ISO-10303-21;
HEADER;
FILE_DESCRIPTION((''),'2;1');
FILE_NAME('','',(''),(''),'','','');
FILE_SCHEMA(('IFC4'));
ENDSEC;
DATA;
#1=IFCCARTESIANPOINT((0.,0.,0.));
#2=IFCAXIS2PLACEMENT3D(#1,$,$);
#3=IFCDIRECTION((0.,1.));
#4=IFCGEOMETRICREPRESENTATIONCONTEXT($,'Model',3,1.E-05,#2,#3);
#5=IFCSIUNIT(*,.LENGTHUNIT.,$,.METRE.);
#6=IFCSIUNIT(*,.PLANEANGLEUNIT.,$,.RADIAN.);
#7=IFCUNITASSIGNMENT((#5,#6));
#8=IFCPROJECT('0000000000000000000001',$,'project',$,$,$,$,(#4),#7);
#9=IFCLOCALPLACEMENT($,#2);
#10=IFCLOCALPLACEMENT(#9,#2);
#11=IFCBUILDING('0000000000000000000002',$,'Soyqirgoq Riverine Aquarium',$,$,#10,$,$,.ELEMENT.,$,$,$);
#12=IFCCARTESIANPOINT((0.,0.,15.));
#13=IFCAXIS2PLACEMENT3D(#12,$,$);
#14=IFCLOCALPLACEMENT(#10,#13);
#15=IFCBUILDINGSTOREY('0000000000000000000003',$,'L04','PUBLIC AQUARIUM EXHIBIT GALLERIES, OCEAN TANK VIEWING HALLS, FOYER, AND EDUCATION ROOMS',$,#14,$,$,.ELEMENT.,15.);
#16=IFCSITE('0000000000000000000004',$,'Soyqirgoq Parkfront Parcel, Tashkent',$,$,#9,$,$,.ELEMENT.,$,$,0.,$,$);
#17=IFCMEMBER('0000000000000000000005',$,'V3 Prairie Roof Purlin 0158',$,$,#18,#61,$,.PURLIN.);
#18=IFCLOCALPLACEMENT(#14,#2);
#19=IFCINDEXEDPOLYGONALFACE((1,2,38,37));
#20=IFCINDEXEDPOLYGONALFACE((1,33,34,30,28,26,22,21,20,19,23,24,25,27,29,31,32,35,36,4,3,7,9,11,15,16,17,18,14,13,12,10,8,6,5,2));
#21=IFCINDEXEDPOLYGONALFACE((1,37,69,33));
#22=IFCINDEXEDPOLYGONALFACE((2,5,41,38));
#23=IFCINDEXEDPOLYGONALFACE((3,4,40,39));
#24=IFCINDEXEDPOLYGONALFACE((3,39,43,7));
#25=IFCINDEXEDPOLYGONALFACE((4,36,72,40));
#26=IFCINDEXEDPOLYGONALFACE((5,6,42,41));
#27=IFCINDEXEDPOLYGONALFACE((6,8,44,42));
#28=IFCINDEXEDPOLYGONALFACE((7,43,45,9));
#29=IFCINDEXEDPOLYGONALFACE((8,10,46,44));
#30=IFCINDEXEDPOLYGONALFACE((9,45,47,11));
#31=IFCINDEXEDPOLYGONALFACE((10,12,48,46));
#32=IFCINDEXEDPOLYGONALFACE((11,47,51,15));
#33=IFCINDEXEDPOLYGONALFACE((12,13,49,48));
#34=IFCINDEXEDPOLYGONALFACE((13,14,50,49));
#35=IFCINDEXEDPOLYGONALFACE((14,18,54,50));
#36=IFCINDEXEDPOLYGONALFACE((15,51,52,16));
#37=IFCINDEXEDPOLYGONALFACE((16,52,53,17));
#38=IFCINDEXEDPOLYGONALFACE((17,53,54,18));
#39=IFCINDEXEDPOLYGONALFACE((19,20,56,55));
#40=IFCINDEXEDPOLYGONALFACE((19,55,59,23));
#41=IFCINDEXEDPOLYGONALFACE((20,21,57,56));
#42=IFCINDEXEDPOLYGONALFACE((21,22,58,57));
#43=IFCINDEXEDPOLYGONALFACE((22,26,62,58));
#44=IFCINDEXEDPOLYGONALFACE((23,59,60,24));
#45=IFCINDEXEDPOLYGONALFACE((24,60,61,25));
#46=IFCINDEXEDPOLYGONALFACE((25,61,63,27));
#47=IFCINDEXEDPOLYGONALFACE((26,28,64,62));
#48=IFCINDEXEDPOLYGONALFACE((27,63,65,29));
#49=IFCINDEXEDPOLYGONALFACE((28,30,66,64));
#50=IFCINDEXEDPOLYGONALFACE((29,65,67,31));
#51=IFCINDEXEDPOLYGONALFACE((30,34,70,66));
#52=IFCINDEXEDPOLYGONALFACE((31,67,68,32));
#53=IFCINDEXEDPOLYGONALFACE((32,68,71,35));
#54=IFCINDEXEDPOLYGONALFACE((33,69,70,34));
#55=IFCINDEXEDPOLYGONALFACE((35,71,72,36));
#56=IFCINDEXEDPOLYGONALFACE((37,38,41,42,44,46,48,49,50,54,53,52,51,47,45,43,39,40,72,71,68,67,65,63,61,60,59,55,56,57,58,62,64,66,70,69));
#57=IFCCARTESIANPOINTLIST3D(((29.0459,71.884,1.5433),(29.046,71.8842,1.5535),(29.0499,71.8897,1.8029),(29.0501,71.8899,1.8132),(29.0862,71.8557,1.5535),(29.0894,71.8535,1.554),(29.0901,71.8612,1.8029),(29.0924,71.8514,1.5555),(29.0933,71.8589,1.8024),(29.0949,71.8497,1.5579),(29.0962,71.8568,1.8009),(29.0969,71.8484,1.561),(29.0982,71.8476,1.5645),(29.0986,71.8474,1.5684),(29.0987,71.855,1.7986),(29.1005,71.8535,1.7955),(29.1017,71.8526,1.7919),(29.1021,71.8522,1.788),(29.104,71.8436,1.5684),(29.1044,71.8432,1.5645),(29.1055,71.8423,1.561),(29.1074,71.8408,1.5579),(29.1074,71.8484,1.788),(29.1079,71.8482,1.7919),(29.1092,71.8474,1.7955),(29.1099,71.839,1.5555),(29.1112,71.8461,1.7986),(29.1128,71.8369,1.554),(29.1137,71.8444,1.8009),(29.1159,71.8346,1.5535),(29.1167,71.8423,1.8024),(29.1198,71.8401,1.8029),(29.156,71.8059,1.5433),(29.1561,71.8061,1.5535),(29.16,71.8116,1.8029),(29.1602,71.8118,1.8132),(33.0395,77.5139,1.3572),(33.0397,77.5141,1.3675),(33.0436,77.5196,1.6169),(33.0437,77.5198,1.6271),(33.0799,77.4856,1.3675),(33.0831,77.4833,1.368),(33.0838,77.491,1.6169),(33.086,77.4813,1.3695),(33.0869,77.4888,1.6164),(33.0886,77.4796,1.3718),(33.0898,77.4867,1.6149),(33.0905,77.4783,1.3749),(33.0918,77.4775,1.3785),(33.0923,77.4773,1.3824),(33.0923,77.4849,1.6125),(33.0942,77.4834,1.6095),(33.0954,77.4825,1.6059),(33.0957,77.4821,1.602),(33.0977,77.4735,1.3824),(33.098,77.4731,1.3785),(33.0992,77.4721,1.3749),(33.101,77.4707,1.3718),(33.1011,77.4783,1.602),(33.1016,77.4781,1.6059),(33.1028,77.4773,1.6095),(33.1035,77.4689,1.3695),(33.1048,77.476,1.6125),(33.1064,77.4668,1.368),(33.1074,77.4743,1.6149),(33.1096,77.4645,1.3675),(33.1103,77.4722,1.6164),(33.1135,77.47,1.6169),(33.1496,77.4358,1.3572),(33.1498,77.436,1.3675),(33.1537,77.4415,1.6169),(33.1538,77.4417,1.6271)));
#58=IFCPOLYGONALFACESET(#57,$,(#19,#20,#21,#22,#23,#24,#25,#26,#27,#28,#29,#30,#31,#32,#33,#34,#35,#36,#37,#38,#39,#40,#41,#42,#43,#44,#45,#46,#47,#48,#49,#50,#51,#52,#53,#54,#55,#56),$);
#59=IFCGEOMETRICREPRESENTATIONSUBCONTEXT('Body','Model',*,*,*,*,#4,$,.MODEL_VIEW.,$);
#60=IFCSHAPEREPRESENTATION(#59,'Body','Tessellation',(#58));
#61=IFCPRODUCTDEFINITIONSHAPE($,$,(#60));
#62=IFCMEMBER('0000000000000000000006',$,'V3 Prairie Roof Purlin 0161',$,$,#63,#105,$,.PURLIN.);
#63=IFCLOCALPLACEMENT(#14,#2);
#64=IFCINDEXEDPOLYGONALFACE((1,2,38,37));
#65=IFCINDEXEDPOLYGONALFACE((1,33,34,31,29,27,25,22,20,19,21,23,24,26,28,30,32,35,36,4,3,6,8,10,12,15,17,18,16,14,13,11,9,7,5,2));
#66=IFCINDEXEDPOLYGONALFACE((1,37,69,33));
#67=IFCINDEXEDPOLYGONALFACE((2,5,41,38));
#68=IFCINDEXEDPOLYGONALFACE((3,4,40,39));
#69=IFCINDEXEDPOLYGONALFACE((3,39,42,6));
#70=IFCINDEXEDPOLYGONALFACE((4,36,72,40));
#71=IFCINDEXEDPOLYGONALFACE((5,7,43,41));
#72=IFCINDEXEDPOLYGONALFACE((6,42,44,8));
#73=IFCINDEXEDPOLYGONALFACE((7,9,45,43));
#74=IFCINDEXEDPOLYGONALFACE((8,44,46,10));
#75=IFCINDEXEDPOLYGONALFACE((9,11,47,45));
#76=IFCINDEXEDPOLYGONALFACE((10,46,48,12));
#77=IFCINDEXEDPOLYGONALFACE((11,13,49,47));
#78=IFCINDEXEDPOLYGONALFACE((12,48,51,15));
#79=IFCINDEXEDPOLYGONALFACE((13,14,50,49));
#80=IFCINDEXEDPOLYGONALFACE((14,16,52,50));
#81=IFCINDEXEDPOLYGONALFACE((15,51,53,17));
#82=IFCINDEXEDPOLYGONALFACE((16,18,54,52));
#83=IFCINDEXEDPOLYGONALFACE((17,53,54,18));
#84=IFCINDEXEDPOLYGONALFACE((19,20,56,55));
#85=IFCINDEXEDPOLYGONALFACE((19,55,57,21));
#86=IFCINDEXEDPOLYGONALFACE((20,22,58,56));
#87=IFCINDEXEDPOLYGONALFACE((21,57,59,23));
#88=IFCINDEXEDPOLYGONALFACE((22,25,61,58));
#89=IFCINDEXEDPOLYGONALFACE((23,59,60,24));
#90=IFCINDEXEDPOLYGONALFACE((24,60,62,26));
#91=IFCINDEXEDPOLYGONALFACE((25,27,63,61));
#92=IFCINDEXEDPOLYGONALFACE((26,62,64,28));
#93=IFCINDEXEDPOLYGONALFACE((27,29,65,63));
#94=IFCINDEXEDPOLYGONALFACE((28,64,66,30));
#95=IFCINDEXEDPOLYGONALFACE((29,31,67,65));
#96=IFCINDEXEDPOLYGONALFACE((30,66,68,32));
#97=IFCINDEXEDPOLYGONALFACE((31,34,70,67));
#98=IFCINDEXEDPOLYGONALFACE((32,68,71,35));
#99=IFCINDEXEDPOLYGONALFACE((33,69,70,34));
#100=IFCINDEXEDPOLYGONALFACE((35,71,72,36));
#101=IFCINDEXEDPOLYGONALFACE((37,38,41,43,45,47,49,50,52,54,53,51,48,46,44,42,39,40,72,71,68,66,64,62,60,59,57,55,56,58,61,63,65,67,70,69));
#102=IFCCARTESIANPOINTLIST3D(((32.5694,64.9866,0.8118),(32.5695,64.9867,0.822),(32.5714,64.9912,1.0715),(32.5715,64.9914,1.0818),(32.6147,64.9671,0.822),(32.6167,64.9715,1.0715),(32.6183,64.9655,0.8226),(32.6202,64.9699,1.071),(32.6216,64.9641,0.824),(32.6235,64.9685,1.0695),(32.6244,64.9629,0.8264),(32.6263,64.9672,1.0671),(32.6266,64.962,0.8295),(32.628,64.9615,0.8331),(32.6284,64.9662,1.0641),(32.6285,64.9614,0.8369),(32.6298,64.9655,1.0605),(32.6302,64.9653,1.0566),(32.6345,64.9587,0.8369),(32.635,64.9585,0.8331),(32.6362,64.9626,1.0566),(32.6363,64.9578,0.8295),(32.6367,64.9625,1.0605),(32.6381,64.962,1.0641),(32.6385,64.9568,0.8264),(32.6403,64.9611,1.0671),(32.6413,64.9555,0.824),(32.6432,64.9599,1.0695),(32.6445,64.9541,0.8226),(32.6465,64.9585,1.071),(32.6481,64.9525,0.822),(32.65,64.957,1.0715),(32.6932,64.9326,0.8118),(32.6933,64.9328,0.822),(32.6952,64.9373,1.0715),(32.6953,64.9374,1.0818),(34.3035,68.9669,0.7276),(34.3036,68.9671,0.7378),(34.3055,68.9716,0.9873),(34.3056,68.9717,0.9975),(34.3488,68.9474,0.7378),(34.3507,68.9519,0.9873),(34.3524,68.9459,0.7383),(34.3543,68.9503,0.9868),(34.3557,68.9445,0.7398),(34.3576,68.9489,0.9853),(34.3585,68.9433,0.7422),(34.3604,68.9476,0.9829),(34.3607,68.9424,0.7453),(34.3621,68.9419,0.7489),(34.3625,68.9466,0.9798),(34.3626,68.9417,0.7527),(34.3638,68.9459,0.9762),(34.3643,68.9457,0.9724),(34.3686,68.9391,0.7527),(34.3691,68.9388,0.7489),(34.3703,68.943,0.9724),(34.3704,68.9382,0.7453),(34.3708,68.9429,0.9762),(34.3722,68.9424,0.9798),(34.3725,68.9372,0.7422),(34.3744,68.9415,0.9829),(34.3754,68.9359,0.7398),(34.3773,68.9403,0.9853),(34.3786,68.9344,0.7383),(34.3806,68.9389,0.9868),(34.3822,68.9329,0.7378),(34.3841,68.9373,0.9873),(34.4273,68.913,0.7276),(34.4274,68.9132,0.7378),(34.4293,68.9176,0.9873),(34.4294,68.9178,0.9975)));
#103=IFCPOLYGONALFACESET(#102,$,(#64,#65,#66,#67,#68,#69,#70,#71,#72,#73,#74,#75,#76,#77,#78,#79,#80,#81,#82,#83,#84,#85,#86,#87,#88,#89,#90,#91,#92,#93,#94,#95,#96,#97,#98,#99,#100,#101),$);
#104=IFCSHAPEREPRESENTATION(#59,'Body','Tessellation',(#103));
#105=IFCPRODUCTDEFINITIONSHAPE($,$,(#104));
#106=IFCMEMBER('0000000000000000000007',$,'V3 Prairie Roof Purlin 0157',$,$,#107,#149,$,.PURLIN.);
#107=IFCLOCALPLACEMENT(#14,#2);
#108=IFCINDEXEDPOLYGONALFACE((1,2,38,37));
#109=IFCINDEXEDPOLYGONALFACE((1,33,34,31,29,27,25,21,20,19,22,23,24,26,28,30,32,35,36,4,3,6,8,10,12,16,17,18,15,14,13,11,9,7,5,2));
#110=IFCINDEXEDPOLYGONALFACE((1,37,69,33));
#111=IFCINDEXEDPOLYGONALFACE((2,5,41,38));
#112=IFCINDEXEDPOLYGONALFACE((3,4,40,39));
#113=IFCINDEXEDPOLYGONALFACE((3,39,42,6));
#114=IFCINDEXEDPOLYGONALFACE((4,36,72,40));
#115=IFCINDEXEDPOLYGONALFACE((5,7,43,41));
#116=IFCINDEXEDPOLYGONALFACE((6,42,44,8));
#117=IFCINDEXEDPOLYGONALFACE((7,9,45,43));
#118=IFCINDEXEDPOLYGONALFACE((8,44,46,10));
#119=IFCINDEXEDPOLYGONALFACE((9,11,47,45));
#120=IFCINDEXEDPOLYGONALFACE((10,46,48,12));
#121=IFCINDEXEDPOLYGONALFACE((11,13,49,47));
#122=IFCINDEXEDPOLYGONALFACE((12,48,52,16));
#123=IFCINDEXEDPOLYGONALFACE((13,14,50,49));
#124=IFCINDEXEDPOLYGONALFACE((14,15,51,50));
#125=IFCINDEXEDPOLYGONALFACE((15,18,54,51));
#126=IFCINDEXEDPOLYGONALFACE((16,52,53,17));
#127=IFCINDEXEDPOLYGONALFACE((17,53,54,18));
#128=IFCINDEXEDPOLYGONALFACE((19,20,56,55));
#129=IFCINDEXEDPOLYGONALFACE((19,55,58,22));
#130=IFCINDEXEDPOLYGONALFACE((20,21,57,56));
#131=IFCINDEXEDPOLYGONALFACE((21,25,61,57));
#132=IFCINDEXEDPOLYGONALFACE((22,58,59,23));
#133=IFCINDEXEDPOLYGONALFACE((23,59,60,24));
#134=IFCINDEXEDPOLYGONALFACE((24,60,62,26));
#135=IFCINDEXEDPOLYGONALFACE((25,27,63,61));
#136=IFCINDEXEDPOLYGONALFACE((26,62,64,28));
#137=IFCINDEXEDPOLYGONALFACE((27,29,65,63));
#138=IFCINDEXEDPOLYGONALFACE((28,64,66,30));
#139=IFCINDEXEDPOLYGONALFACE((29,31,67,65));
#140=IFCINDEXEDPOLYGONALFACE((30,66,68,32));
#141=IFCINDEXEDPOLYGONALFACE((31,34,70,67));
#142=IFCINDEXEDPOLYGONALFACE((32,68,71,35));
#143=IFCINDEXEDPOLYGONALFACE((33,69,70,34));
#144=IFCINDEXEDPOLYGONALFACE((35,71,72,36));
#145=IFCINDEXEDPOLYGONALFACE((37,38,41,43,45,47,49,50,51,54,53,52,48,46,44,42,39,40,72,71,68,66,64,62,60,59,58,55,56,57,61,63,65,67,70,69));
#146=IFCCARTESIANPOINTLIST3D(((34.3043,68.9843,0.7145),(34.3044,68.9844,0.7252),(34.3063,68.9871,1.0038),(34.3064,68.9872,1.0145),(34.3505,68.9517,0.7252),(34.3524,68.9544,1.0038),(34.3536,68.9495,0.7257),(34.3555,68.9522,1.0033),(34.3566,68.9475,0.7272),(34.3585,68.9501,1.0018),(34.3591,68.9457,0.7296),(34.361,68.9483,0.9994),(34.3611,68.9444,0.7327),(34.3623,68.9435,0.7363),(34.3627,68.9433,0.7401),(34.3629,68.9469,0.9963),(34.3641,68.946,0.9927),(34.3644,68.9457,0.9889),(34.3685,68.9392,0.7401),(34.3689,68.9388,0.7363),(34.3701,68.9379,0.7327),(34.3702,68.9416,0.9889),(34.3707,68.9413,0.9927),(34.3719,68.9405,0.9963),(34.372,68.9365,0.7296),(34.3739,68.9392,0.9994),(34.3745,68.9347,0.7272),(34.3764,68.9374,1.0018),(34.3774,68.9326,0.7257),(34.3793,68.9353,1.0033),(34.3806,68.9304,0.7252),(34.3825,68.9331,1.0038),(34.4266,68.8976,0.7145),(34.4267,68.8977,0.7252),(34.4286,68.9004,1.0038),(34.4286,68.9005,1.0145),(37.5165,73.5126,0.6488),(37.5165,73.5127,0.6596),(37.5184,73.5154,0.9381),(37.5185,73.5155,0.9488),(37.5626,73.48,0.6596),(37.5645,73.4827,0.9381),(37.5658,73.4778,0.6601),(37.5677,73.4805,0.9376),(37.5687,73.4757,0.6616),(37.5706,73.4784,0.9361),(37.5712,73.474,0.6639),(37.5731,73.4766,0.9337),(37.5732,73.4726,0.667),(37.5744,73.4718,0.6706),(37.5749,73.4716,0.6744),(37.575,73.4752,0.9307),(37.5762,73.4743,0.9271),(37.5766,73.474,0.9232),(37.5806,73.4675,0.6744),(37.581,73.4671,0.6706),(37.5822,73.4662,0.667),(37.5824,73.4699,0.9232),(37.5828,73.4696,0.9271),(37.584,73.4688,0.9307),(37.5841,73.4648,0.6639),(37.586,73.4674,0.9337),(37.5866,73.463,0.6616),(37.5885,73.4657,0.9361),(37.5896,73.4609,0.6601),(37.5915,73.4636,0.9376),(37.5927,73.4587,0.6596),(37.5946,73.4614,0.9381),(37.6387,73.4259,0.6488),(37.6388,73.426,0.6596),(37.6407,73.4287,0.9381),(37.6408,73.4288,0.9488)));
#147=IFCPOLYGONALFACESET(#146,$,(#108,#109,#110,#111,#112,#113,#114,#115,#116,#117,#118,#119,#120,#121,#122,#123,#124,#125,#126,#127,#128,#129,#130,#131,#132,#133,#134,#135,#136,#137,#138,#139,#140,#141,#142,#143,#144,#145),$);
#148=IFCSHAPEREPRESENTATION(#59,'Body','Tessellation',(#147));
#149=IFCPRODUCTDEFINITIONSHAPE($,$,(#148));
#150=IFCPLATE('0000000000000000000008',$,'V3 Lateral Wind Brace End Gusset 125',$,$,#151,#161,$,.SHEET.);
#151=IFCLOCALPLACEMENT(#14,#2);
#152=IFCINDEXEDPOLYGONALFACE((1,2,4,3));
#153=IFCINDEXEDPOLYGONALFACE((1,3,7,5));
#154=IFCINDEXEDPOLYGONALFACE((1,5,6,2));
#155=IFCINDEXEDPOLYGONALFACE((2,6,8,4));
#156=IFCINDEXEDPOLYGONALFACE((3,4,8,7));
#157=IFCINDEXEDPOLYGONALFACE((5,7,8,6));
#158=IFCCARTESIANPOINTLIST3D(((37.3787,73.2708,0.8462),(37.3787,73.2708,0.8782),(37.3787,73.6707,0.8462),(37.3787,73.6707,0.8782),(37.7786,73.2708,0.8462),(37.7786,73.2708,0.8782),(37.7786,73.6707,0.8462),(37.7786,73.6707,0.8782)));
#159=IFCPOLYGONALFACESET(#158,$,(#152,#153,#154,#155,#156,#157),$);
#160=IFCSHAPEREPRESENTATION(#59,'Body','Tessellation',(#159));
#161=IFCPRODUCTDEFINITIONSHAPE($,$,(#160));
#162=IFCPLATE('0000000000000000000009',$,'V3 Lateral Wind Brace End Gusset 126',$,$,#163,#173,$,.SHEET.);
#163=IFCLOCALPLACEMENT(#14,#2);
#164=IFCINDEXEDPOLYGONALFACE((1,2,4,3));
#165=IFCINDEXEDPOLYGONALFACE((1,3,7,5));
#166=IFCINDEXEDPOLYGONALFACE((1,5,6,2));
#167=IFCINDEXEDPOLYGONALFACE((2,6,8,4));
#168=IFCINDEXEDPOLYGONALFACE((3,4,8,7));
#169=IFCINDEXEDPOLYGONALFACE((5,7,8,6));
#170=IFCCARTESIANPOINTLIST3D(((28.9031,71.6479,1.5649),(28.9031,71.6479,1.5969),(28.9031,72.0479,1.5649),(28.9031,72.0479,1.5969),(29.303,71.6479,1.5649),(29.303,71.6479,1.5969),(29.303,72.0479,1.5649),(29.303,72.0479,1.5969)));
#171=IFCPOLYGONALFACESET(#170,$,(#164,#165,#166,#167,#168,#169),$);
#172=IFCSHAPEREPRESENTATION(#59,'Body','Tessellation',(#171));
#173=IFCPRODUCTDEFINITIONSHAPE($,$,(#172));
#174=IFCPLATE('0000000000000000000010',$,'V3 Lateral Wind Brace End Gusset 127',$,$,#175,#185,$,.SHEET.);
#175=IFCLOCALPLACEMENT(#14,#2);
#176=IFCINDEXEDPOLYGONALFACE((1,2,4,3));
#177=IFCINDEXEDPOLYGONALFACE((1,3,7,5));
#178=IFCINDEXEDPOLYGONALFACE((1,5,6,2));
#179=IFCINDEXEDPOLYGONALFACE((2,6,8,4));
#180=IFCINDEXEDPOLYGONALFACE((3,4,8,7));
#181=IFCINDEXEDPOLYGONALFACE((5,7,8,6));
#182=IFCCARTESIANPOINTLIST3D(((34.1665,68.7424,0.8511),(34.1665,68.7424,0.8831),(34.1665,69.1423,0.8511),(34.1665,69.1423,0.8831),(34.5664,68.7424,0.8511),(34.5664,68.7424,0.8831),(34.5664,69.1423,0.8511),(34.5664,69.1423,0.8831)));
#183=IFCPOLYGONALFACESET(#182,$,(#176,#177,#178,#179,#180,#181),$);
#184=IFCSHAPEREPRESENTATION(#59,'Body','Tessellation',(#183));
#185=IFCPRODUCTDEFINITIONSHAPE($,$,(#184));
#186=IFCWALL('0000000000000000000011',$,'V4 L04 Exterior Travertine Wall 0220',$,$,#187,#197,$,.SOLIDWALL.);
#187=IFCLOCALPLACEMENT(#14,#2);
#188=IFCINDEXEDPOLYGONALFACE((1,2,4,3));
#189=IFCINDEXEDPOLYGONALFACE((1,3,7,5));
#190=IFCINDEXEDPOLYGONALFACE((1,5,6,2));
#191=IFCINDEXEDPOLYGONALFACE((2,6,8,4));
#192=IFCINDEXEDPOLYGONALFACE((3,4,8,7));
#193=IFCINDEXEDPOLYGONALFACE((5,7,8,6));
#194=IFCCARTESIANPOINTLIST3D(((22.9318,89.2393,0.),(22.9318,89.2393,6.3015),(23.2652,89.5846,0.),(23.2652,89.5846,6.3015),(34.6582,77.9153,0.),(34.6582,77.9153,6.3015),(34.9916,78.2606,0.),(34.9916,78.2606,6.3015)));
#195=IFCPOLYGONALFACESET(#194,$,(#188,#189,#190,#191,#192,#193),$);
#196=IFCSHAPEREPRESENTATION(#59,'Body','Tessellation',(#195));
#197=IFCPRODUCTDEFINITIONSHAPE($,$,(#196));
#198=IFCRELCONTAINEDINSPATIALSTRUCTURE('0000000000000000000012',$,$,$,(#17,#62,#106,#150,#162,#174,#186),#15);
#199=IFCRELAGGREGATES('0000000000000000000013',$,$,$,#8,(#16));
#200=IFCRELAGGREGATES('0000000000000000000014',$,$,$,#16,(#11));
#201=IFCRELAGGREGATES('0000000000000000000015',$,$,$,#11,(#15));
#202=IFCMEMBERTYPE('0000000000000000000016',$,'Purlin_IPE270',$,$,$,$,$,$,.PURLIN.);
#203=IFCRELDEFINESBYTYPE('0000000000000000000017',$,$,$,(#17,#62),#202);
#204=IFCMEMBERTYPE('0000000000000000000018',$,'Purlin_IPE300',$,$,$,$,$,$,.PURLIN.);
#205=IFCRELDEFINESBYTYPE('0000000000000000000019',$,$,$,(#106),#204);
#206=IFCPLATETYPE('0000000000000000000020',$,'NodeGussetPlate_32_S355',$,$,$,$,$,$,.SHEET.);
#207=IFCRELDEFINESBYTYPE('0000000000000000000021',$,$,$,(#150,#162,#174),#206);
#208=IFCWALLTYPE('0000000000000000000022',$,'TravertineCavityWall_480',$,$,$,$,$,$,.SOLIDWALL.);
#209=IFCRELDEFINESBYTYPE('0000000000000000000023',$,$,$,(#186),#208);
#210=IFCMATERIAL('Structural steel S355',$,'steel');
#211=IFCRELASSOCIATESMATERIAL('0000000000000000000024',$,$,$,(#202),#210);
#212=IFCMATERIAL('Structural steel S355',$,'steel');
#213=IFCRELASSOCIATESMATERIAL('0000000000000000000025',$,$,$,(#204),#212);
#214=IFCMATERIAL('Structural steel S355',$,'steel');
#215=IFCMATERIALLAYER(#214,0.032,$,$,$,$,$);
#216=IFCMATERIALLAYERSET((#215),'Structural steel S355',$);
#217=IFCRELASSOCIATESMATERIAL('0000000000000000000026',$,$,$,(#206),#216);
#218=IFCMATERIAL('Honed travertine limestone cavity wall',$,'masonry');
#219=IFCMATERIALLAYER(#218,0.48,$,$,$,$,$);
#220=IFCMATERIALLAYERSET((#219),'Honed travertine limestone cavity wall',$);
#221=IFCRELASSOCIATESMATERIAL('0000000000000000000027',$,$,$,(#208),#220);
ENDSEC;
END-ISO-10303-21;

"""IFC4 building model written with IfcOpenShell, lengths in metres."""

from ifc_helpers import new_model, si_unit, direction, frame, frame_2d, origin, origin_2d, place, context, subcontext, project, spatial, rectangle, i_section, extrude, material, layer, layer_set, material_profile, profile_set, type_object, element, save


model = new_model("IFC4")

# Units and contexts
model_context = context("Model", 3, precision=1e-05, world=origin(), true_north=direction((0.0, 1.0)))
body_context = subcontext(model_context, "Body", "Model", "MODEL_VIEW")
ifc_project = project(units=[si_unit("LENGTHUNIT", "METRE"), si_unit("PLANEANGLEUNIT", "RADIAN")], contexts=[model_context])

# Site, building, storey
site_placement = place(None, origin())
site = spatial("IfcSite", under=ifc_project, at=site_placement, Name="Soyqirgoq Parkfront Parcel, Tashkent", CompositionType="ELEMENT", RefElevation=0.0)
building_placement = place(site_placement, origin())
building = spatial("IfcBuilding", under=site, at=building_placement, Name="Soyqirgoq Riverine Aquarium", CompositionType="ELEMENT")
storey_placement = place(building_placement, frame((0.0, 0.0, 15.0)))
storey = spatial("IfcBuildingStorey", under=building, at=storey_placement, Name="L04", Description="PUBLIC AQUARIUM EXHIBIT GALLERIES, OCEAN TANK VIEWING HALLS, FOYER, AND EDUCATION ROOMS", CompositionType="ELEMENT", Elevation=15.0)

# Members
ifc_material_1 = material(Name="Structural steel S355", Category="steel")
ifc_material_profile_1 = material_profile(ifc_material_1, i_section(OverallWidth=0.135, OverallDepth=0.27, WebThickness=0.0066, FlangeThickness=0.0103, FilletRadius=0.0149, at=origin_2d()), Name="IPE 270")
ifc_profile_set_1 = profile_set([ifc_material_profile_1], Name="Structural steel S355")
member_type_1 = type_object("IfcMemberType", Name="Purlin_IPE270", PredefinedType="PURLIN", material=ifc_profile_set_1)
member_1_placement = place(storey_placement, frame((33.0967, 77.4778, 1.4922), z_axis=(-0.578369, -0.815331, 0.026942), x_axis=(0.815627, -0.578579, 0.0)))
element("IfcMember", 1, at=member_1_placement, inside=storey, type_object=member_type_1, Name="V3 Prairie Roof Purlin 0158", PredefinedType="PURLIN", context=body_context, shape_type="SweptSolid", body=[
    extrude(i_section(OverallWidth=0.135, OverallDepth=0.27, WebThickness=0.0066, FlangeThickness=0.0103, FilletRadius=0.0149, at=origin_2d()), origin(), (0.0, 0.0, 1.0), 6.905),
])
member_2_placement = place(storey_placement, frame((34.3665, 68.9424, 0.8625), z_axis=(-0.399327, -0.916603, 0.019396), x_axis=(0.916776, -0.399402, 0.0)))
element("IfcMember", 2, at=member_2_placement, inside=storey, type_object=member_type_1, Name="V3 Prairie Roof Purlin 0161", PredefinedType="PURLIN", context=body_context, shape_type="SweptSolid", body=[
    extrude(i_section(OverallWidth=0.135, OverallDepth=0.27, WebThickness=0.0066, FlangeThickness=0.0103, FilletRadius=0.0149, at=origin_2d()), origin(), (0.0, 0.0, 1.0), 4.3425),
])
ifc_material_2 = material(Name="Structural steel S355", Category="steel")
ifc_material_profile_2 = material_profile(ifc_material_2, i_section(OverallWidth=0.1499, OverallDepth=0.3, WebThickness=0.0071, FlangeThickness=0.0107, FilletRadius=0.0149, at=origin_2d()), Name="IPE 300")
ifc_profile_set_2 = profile_set([ifc_material_profile_2], Name="Structural steel S355")
member_type_2 = type_object("IfcMemberType", Name="Purlin_IPE300", PredefinedType="PURLIN", material=ifc_profile_set_2)
member_3_placement = place(storey_placement, frame((37.5786, 73.4707, 0.7988), z_axis=(-0.578528, -0.815577, 0.011828), x_axis=(0.815634, -0.578569, 0.0)))
element("IfcMember", 3, at=member_3_placement, inside=storey, type_object=member_type_2, Name="V3 Prairie Roof Purlin 0157", PredefinedType="PURLIN", context=body_context, shape_type="SweptSolid", body=[
    extrude(i_section(OverallWidth=0.1499, OverallDepth=0.3, WebThickness=0.0071, FlangeThickness=0.0107, FilletRadius=0.0149, at=origin_2d()), origin(), (0.0, 0.0, 1.0), 5.5522),
])

# Plates
ifc_material_3 = material(Name="Structural steel S355", Category="steel")
ifc_layer_1 = layer(ifc_material_3, 0.032)
ifc_layer_set_1 = layer_set([ifc_layer_1], Name="Structural steel S355")
plate_type = type_object("IfcPlateType", Name="NodeGussetPlate_32_S355", PredefinedType="SHEET", material=ifc_layer_set_1)
for number, where, z_axis, x_axis, name in (
    (4, (37.5786, 73.4707, 0.8462), (0.0, 0.0, 1.0), (1.0, 0.0, 0.0), "V3 Lateral Wind Brace End Gusset 125"),
    (5, (29.103, 71.8479, 1.5649), (0.0, 0.0, 1.0), (1.0, 0.0, 0.0), "V3 Lateral Wind Brace End Gusset 126"),
    (6, (34.3665, 68.9424, 0.8511), (0.0, 0.0, 1.0), (1.0, 0.0, 0.0), "V3 Lateral Wind Brace End Gusset 127"),
):
    element("IfcPlate", number, at=place(storey_placement, frame(where, z_axis=z_axis, x_axis=x_axis)), inside=storey, type_object=plate_type, Name=name, PredefinedType="SHEET", context=body_context, shape_type="SweptSolid", body=[
        extrude(rectangle(XDim=0.3999, YDim=0.3999, at=origin_2d()), origin(), (0.0, 0.0, 1.0), 0.032),
    ])

# Wall
ifc_material_4 = material(Name="Honed travertine limestone cavity wall", Category="masonry")
ifc_layer_2 = layer(ifc_material_4, 0.48)
ifc_layer_set_2 = layer_set([ifc_layer_2], Name="Honed travertine limestone cavity wall")
wall_type = type_object("IfcWallType", Name="TravertineCavityWall_480", PredefinedType="SOLIDWALL", material=ifc_layer_set_2)
wall_placement = place(storey_placement, frame((34.825, 78.0879, 0.0), z_axis=(0.0, 0.0, 1.0), x_axis=(-0.71934, 0.694658, 0.0)))
element("IfcWall", 7, at=wall_placement, inside=storey, type_object=wall_type, Name="V4 L04 Exterior Travertine Wall 0220", PredefinedType="SOLIDWALL", context=body_context, shape_type="SweptSolid", body=[
    extrude(rectangle(XDim=16.3015, YDim=0.48, at=frame_2d((8.1509, 0.0))), origin(), (0.0, 0.0, 1.0), 6.3015),
])

save(model, "model.ifc")
